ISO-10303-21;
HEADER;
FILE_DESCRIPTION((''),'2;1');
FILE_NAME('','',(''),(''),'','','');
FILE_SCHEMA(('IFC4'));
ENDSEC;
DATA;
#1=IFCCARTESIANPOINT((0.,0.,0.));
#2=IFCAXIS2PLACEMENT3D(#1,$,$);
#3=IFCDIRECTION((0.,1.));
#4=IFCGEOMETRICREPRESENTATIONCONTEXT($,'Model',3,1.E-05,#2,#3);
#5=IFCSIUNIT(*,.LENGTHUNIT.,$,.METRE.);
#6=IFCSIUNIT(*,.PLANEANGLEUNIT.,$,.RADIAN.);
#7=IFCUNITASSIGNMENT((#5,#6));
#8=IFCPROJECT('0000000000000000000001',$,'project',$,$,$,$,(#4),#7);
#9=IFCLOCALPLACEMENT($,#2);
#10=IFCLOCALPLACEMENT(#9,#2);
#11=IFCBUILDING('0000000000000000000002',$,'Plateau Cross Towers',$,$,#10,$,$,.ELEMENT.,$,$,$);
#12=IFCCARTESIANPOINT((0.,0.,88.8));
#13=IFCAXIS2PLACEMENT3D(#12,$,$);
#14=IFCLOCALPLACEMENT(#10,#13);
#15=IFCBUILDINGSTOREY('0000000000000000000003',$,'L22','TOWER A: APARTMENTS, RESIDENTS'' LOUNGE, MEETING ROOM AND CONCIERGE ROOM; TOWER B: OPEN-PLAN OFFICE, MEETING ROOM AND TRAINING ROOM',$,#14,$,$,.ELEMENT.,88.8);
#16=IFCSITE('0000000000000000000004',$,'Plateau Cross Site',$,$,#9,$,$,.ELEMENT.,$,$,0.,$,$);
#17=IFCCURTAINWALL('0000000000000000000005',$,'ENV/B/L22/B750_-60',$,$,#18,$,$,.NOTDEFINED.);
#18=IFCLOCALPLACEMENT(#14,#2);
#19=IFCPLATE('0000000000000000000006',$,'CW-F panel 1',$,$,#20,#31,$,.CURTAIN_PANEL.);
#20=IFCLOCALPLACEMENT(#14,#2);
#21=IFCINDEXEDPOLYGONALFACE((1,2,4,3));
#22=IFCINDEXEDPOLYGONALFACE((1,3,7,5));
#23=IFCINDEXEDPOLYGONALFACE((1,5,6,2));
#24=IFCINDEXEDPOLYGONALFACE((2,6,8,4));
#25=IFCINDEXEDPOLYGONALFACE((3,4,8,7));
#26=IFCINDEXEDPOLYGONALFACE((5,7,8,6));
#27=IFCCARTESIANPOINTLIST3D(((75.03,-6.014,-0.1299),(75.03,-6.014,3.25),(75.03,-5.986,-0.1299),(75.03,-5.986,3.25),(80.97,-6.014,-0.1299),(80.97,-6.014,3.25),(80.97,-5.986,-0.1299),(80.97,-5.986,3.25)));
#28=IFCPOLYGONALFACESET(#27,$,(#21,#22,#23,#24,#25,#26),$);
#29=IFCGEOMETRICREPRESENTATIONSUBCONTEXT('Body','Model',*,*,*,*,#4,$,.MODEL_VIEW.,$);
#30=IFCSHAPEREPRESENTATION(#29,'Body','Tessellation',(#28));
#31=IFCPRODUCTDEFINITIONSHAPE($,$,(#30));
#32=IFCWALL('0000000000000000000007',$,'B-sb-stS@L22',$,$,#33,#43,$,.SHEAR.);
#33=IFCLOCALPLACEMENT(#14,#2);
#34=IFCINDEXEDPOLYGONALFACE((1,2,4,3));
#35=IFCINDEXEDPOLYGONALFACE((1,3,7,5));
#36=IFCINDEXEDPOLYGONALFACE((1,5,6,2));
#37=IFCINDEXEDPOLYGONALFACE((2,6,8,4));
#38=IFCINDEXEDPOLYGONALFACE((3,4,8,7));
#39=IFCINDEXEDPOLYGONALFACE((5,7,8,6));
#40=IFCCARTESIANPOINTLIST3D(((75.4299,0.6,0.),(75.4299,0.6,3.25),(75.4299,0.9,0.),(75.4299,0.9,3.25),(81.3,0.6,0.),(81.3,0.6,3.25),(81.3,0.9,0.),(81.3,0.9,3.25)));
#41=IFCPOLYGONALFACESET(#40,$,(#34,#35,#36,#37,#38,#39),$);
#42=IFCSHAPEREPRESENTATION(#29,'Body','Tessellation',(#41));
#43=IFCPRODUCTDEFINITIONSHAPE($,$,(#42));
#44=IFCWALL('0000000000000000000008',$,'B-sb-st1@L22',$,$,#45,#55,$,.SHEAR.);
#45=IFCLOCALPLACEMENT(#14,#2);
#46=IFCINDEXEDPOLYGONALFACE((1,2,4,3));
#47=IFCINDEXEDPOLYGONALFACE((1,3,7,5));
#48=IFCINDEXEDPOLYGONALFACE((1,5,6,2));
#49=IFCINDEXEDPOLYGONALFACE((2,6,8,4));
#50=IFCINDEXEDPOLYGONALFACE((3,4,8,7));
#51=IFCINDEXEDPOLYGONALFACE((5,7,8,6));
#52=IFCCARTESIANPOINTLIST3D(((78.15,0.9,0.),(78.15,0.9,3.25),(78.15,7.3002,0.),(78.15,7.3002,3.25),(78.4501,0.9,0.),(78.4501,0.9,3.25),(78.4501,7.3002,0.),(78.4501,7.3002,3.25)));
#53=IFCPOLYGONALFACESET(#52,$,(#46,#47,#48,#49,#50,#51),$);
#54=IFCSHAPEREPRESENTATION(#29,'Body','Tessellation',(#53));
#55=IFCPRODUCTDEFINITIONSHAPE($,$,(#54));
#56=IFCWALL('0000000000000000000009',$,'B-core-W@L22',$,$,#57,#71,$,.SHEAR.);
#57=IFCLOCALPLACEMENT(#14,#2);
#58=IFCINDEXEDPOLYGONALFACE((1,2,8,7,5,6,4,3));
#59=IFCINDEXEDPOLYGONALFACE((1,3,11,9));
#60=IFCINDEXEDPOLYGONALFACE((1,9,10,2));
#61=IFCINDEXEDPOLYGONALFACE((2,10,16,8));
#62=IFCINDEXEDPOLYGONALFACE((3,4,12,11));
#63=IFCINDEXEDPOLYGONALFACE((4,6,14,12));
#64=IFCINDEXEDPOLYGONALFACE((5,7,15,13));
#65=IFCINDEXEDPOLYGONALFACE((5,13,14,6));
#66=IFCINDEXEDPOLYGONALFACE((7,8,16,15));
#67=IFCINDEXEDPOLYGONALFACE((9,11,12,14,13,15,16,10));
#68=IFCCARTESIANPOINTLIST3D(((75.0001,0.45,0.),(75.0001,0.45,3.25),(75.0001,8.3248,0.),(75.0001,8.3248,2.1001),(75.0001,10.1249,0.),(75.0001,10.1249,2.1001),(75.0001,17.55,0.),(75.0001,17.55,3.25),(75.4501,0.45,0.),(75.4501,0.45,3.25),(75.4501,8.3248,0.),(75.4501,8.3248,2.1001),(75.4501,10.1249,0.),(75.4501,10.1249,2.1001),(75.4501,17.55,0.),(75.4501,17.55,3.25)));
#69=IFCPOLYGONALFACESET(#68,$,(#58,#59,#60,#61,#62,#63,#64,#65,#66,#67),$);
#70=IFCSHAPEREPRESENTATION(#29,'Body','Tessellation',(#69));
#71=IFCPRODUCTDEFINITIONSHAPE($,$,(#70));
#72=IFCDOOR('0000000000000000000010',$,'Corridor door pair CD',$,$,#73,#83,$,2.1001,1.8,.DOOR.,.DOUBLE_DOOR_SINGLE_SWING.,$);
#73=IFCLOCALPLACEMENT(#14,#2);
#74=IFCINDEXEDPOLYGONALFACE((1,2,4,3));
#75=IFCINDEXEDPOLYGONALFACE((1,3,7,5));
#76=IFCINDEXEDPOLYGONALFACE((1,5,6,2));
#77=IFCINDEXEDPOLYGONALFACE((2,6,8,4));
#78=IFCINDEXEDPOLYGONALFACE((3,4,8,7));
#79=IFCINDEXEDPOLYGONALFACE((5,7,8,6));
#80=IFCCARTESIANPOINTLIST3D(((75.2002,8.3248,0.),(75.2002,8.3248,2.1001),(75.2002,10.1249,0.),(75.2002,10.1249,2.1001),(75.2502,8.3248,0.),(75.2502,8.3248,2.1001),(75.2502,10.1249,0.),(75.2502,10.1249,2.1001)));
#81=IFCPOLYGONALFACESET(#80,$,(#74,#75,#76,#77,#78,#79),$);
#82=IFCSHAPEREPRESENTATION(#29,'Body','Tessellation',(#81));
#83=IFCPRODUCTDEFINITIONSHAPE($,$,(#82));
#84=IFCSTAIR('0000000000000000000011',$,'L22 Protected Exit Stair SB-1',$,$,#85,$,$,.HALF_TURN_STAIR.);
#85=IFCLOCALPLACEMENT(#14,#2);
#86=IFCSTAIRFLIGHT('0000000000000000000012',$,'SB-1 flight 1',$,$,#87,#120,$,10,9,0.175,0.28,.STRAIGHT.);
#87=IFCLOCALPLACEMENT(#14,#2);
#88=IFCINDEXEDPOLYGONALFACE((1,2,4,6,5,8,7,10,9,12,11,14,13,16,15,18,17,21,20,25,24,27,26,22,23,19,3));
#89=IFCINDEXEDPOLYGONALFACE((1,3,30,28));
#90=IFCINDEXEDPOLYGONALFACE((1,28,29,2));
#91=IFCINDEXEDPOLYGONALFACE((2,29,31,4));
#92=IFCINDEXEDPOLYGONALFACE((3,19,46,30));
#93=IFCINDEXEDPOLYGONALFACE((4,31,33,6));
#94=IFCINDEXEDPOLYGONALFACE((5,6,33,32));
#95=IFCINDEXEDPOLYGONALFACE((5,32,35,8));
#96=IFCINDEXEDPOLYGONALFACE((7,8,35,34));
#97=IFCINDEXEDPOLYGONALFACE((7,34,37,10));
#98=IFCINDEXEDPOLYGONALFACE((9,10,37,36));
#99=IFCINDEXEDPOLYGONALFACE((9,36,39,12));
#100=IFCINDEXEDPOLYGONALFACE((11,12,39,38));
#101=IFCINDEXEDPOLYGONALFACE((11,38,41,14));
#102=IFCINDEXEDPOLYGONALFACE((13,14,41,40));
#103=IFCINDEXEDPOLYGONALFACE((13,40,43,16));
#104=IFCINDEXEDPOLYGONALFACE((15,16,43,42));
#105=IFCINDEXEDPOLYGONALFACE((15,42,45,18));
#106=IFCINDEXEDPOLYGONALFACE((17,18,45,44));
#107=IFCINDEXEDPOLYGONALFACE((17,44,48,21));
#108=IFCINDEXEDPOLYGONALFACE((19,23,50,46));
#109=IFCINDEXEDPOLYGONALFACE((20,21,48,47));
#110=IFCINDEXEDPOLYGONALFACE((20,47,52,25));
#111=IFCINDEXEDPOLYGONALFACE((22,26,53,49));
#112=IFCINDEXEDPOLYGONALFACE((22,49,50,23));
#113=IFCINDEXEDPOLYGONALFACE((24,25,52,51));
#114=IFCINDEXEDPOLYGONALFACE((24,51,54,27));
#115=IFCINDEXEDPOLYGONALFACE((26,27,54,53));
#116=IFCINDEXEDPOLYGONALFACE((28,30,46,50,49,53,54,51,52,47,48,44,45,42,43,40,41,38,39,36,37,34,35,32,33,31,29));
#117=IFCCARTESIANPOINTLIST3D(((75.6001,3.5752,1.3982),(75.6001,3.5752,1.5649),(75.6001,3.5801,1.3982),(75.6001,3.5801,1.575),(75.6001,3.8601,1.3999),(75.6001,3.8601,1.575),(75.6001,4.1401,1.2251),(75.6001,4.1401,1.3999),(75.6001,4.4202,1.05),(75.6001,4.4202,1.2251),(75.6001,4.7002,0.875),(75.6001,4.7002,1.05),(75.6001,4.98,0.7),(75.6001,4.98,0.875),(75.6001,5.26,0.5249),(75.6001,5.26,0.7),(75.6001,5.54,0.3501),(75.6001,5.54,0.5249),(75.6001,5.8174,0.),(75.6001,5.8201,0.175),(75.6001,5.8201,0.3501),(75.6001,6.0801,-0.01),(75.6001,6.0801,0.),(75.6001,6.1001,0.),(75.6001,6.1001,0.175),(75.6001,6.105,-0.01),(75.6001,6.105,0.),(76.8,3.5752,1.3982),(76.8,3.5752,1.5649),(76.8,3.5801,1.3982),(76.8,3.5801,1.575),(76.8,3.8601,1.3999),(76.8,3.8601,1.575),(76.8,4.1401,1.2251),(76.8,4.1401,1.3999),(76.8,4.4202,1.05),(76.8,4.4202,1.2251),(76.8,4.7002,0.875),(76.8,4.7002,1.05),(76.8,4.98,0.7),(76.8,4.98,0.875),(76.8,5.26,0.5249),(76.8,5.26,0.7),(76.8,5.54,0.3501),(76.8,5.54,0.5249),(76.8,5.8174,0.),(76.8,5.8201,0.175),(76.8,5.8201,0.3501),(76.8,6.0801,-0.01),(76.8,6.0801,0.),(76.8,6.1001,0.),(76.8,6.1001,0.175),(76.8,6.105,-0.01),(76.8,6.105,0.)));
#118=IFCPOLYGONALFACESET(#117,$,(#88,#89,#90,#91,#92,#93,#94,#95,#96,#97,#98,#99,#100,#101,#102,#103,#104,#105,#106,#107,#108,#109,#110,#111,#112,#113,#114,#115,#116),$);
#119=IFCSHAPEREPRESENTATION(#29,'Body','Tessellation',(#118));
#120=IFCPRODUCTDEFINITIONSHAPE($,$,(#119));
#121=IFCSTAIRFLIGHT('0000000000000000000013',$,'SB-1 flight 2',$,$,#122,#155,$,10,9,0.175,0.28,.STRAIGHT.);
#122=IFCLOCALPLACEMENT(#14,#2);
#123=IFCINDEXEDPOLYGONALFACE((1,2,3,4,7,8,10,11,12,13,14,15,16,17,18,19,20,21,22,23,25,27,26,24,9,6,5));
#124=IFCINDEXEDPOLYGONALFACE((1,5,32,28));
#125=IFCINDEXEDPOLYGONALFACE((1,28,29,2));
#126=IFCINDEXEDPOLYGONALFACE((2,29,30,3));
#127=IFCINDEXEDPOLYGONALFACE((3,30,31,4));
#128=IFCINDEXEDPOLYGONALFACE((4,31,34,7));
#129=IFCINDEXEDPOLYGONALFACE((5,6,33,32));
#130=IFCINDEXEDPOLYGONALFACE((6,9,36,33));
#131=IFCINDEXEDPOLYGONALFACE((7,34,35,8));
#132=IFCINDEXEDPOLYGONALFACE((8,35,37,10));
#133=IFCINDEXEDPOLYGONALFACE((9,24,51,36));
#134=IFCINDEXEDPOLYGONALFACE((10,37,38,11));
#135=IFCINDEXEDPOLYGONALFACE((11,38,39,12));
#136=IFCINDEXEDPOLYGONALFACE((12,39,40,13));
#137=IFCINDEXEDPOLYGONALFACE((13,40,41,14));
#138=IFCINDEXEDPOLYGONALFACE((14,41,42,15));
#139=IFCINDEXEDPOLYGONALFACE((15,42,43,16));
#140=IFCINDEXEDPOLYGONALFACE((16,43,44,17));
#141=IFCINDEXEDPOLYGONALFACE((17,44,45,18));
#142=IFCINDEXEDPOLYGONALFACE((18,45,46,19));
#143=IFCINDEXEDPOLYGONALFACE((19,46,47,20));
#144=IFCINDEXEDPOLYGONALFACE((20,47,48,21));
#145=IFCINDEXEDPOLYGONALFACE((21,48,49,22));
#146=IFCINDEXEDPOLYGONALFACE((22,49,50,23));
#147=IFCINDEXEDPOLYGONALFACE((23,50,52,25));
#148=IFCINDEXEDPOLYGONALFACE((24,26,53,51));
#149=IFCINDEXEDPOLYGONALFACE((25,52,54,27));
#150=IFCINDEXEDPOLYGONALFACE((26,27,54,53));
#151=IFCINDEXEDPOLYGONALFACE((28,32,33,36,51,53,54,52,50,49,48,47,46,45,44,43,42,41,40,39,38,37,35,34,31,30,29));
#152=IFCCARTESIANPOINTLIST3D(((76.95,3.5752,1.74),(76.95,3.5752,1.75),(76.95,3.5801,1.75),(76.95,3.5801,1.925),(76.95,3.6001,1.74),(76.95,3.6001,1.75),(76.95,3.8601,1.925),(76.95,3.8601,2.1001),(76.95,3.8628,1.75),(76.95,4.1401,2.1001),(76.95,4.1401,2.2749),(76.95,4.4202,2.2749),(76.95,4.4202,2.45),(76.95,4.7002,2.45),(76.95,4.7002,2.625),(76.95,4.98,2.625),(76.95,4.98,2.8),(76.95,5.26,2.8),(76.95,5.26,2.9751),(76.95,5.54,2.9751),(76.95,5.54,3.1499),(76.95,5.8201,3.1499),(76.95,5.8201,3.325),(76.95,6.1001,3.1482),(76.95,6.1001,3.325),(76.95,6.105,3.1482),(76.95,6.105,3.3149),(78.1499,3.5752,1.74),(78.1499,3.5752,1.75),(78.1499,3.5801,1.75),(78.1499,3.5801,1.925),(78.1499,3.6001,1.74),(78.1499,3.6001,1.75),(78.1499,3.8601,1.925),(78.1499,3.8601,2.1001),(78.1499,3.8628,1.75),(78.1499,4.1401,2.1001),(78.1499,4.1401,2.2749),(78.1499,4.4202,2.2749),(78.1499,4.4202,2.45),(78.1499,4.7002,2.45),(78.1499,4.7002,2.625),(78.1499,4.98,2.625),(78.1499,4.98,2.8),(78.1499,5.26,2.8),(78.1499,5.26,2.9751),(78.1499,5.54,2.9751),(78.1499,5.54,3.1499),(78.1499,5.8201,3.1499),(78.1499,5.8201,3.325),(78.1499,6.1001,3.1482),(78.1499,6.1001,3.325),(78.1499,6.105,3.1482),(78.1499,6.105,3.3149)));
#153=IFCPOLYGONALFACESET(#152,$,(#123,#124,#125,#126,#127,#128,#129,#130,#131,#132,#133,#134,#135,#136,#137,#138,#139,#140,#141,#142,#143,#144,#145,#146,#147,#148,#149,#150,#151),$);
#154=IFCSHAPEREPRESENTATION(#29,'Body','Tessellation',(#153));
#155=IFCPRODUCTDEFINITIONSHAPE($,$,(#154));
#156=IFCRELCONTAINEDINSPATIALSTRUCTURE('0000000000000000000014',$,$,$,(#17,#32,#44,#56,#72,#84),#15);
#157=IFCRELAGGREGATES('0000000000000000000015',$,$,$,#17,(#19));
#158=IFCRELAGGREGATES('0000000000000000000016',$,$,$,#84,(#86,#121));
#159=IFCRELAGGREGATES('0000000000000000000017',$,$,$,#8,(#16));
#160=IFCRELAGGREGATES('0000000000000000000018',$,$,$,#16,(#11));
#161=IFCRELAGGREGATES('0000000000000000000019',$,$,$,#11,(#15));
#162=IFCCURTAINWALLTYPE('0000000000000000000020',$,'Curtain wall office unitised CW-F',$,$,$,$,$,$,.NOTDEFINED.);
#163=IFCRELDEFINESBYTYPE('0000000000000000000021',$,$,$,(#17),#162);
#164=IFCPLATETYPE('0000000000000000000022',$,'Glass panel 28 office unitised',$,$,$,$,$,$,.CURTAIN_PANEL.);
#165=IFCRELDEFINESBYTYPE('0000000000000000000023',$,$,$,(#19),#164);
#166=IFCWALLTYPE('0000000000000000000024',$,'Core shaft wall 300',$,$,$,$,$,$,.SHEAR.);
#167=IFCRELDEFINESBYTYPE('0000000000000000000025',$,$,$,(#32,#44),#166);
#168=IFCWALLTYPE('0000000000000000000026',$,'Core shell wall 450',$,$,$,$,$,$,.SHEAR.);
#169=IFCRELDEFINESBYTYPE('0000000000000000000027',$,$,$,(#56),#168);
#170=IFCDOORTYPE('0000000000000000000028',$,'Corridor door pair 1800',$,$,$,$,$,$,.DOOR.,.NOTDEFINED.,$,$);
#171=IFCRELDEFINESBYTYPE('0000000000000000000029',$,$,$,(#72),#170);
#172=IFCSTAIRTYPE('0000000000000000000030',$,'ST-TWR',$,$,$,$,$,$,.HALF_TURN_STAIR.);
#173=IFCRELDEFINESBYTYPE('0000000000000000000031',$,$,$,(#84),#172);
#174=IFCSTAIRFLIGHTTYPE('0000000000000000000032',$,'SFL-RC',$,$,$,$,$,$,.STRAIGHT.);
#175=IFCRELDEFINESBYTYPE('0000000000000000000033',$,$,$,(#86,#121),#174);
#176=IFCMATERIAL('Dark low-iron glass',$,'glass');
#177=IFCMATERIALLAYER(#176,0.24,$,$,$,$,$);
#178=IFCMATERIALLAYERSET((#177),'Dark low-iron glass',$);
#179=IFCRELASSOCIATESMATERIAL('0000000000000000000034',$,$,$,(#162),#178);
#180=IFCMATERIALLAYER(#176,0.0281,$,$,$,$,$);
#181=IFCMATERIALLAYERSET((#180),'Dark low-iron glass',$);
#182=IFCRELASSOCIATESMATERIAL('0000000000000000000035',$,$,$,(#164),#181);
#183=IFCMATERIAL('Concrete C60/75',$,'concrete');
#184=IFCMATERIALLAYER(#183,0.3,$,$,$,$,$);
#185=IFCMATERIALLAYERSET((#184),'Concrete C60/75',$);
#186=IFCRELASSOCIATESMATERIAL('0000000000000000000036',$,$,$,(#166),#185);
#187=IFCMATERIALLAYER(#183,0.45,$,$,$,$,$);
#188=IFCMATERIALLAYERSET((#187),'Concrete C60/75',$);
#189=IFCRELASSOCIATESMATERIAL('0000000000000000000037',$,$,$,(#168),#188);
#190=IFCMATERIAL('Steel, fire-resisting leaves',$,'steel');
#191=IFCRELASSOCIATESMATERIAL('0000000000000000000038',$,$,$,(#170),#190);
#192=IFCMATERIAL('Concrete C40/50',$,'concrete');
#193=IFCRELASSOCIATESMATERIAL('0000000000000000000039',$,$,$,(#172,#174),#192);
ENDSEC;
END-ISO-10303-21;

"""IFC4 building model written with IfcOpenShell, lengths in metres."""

from ifc_helpers import new_model, si_unit, direction, frame, frame_2d, origin, origin_2d, place, context, subcontext, project, spatial, polyline, rectangle, outline, extrude, material, layer, layer_set, type_object, element, fill, aggregate, save


model = new_model("IFC4")

# Units and contexts
model_context = context("Model", 3, precision=1e-05, world=origin(), true_north=direction((0.0, 1.0)))
body_context = subcontext(model_context, "Body", "Model", "MODEL_VIEW")
ifc_project = project(units=[si_unit("LENGTHUNIT", "METRE"), si_unit("PLANEANGLEUNIT", "RADIAN")], contexts=[model_context])

# Site, building, storey
site_placement = place(None, origin())
site = spatial("IfcSite", under=ifc_project, at=site_placement, Name="Plateau Cross Site", CompositionType="ELEMENT", RefElevation=0.0)
building_placement = place(site_placement, origin())
building = spatial("IfcBuilding", under=site, at=building_placement, Name="Plateau Cross Towers", CompositionType="ELEMENT")
storey_placement = place(building_placement, frame((0.0, 0.0, 88.8)))
storey = spatial("IfcBuildingStorey", under=building, at=storey_placement, Name="L22", Description="TOWER A: APARTMENTS, RESIDENTS' LOUNGE, MEETING ROOM AND CONCIERGE ROOM; TOWER B: OPEN-PLAN OFFICE, MEETING ROOM AND TRAINING ROOM", CompositionType="ELEMENT", Elevation=88.8)

# Curtain wall, plate
ifc_material_1 = material(Name="Dark low-iron glass", Category="glass")
ifc_layer_1 = layer(ifc_material_1, 0.24)
ifc_layer_set_1 = layer_set([ifc_layer_1], Name="Dark low-iron glass")
curtain_wall_type = type_object("IfcCurtainWallType", Name="Curtain wall office unitised CW-F", PredefinedType="NOTDEFINED", material=ifc_layer_set_1)
curtain_wall_placement = place(storey_placement, origin())
curtain_wall = element("IfcCurtainWall", 1, at=curtain_wall_placement, inside=storey, type_object=curtain_wall_type, Name="ENV/B/L22/B750_-60", PredefinedType="NOTDEFINED")
ifc_layer_2 = layer(ifc_material_1, 0.0281)
ifc_layer_set_2 = layer_set([ifc_layer_2], Name="Dark low-iron glass")
plate_type = type_object("IfcPlateType", Name="Glass panel 28 office unitised", PredefinedType="CURTAIN_PANEL", material=ifc_layer_set_2)
plate_placement = place(storey_placement, frame((78.0, -6.0, -0.1299), z_axis=(0.0, 0.0, 1.0), x_axis=(1.0, 0.0, 0.0)))
plate = element("IfcPlate", 2, at=plate_placement, type_object=plate_type, Name="CW-F panel 1", PredefinedType="CURTAIN_PANEL", context=body_context, shape_type="SweptSolid", body=[
    extrude(rectangle(XDim=5.9399, YDim=0.0281, at=origin_2d()), origin(), (0.0, 0.0, 1.0), 3.3799),
])
aggregate(curtain_wall, [plate])

# Walls
ifc_material_2 = material(Name="Concrete C60/75", Category="concrete")
ifc_layer_3 = layer(ifc_material_2, 0.3)
ifc_layer_set_3 = layer_set([ifc_layer_3], Name="Concrete C60/75")
wall_type_1 = type_object("IfcWallType", Name="Core shaft wall 300", PredefinedType="SHEAR", material=ifc_layer_set_3)
wall_1_placement = place(storey_placement, frame((75.4299, 0.75, 0.0), z_axis=(0.0, 0.0, 1.0), x_axis=(1.0, 0.0, 0.0)))
element("IfcWall", 3, at=wall_1_placement, inside=storey, type_object=wall_type_1, Name="B-sb-stS@L22", PredefinedType="SHEAR", context=body_context, shape_type="SweptSolid", body=[
    extrude(rectangle(XDim=5.8701, YDim=0.3, at=frame_2d((2.9351, 0.0))), origin(), (0.0, 0.0, 1.0), 3.25),
])
wall_2_placement = place(storey_placement, frame((78.3, 0.8999, 0.0), z_axis=(0.0, 0.0, 1.0), x_axis=(0.0, 1.0, 0.0)))
element("IfcWall", 4, at=wall_2_placement, inside=storey, type_object=wall_type_1, Name="B-sb-st1@L22", PredefinedType="SHEAR", context=body_context, shape_type="SweptSolid", body=[
    extrude(rectangle(XDim=6.4001, YDim=0.3, at=frame_2d((3.2002, 0.0))), origin(), (0.0, 0.0, 1.0), 3.25),
])

# Wall, opening, door
ifc_layer_4 = layer(ifc_material_2, 0.45)
ifc_layer_set_4 = layer_set([ifc_layer_4], Name="Concrete C60/75")
wall_type_2 = type_object("IfcWallType", Name="Core shell wall 450", PredefinedType="SHEAR", material=ifc_layer_set_4)
wall_3_placement = place(storey_placement, frame((75.2251, 0.45, 0.0), z_axis=(0.0, 0.0, 1.0), x_axis=(0.0, 1.0, 0.0)))
wall_3 = element("IfcWall", 5, at=wall_3_placement, inside=storey, type_object=wall_type_2, Name="B-core-W@L22", PredefinedType="SHEAR", context=body_context, shape_type="SweptSolid", body=[
    extrude(rectangle(XDim=17.1001, YDim=0.45, at=frame_2d((8.55, 0.0))), origin(), (0.0, 0.0, 1.0), 3.25),
])
opening_placement = place(wall_3_placement, frame((7.875, 0.0, 0.0)))
opening = element("IfcOpeningElement", 6, at=opening_placement, cuts=wall_3, PredefinedType="OPENING", context=body_context, shape_type="SweptSolid", body=[
    extrude(rectangle(XDim=1.8, YDim=2.1001, at=frame_2d((0.8999, 1.05))), frame((0.0, 0.2349, 0.0), z_axis=(0.0, -1.0, 0.0), x_axis=(1.0, 0.0, 0.0)), (0.0, 0.0, 1.0), 0.47),
])
ifc_material_3 = material(Name="Steel, fire-resisting leaves", Category="steel")
door_type = type_object("IfcDoorType", Name="Corridor door pair 1800", OperationType="NOTDEFINED", PredefinedType="DOOR", material=ifc_material_3)
door_placement = place(opening_placement, origin())
door = element("IfcDoor", 7, at=door_placement, inside=storey, type_object=door_type, Name="Corridor door pair CD", OperationType="DOUBLE_DOOR_SINGLE_SWING", OverallHeight=2.1001, OverallWidth=1.8, PredefinedType="DOOR", context=body_context, shape_type="SweptSolid", body=[
    extrude(rectangle(XDim=1.8, YDim=2.1001, at=frame_2d((0.8999, 1.05))), frame((0.0, 0.0249, 0.0), z_axis=(0.0, -1.0, 0.0), x_axis=(1.0, 0.0, 0.0)), (0.0, 0.0, 1.0), 0.05),
])
fill(opening, door)

# Stair, stair flights
ifc_material_4 = material(Name="Concrete C40/50", Category="concrete")
stair_type = type_object("IfcStairType", Name="ST-TWR", PredefinedType="HALF_TURN_STAIR", material=ifc_material_4)
stair_1_placement = place(storey_placement, origin())
stair_1 = element("IfcStair", 8, at=stair_1_placement, inside=storey, type_object=stair_type, Name="L22 Protected Exit Stair SB-1", PredefinedType="HALF_TURN_STAIR")
stair_flight_type = type_object("IfcStairFlightType", Name="SFL-RC", PredefinedType="STRAIGHT", material=ifc_material_4)
stair_flight_1_placement = place(storey_placement, frame((76.2, 6.1001, 0.0), z_axis=(0.0, 0.0, 1.0), x_axis=(0.0, -1.0, 0.0)))
stair_flight_1 = element("IfcStairFlight", 9, at=stair_flight_1_placement, type_object=stair_flight_type, Name="SB-1 flight 1", NumberOfRisers=10, NumberOfTreads=9, PredefinedType="STRAIGHT", RiserHeight=0.175, TreadLength=0.28, context=body_context, shape_type="SweptSolid", body=[
    extrude(outline(polyline([(-0.0049, -0.01), (-0.0049, 0.0), (0.0, 0.0), (0.0, 0.175), (0.28, 0.175), (0.28, 0.3501), (0.5601, 0.3501), (0.5601, 0.5249), (0.8401, 0.5249), (0.8401, 0.7), (1.1201, 0.7), (1.1201, 0.875), (1.3999, 0.875), (1.3999, 1.05), (1.6799, 1.05), (1.6799, 1.2251), (1.96, 1.2251), (1.96, 1.3999), (2.24, 1.3999), (2.24, 1.575), (2.52, 1.575), (2.5249, 1.5649), (2.5249, 1.3982), (2.52, 1.3982), (0.2827, 0.0), (0.02, 0.0), (0.02, -0.01), (-0.0049, -0.01)])), frame((0.0, 0.6001, 0.0), z_axis=(0.0, -1.0, 0.0), x_axis=(1.0, 0.0, 0.0)), (0.0, 0.0, 1.0), 1.2),
])
stair_flight_2_placement = place(storey_placement, frame((77.55, 3.5801, 1.75), z_axis=(0.0, 0.0, 1.0), x_axis=(0.0, 1.0, 0.0)))
stair_flight_2 = element("IfcStairFlight", 10, at=stair_flight_2_placement, type_object=stair_flight_type, Name="SB-1 flight 2", NumberOfRisers=10, NumberOfTreads=9, PredefinedType="STRAIGHT", RiserHeight=0.175, TreadLength=0.28, context=body_context, shape_type="SweptSolid", body=[
    extrude(outline(polyline([(-0.0049, -0.01), (-0.0049, 0.0), (0.0, 0.0), (0.0, 0.175), (0.28, 0.175), (0.28, 0.3501), (0.5601, 0.3501), (0.5601, 0.5249), (0.8401, 0.5249), (0.8401, 0.7), (1.1201, 0.7), (1.1201, 0.875), (1.3999, 0.875), (1.3999, 1.05), (1.6799, 1.05), (1.6799, 1.2251), (1.96, 1.2251), (1.96, 1.3999), (2.24, 1.3999), (2.24, 1.575), (2.52, 1.575), (2.5249, 1.5649), (2.5249, 1.3982), (2.52, 1.3982), (0.2827, 0.0), (0.02, 0.0), (0.02, -0.01), (-0.0049, -0.01)])), frame((0.0, 0.6001, 0.0), z_axis=(0.0, -1.0, 0.0), x_axis=(1.0, 0.0, 0.0)), (0.0, 0.0, 1.0), 1.2),
])
aggregate(stair_1, [stair_flight_1, stair_flight_2])

save(model, "model.ifc")
